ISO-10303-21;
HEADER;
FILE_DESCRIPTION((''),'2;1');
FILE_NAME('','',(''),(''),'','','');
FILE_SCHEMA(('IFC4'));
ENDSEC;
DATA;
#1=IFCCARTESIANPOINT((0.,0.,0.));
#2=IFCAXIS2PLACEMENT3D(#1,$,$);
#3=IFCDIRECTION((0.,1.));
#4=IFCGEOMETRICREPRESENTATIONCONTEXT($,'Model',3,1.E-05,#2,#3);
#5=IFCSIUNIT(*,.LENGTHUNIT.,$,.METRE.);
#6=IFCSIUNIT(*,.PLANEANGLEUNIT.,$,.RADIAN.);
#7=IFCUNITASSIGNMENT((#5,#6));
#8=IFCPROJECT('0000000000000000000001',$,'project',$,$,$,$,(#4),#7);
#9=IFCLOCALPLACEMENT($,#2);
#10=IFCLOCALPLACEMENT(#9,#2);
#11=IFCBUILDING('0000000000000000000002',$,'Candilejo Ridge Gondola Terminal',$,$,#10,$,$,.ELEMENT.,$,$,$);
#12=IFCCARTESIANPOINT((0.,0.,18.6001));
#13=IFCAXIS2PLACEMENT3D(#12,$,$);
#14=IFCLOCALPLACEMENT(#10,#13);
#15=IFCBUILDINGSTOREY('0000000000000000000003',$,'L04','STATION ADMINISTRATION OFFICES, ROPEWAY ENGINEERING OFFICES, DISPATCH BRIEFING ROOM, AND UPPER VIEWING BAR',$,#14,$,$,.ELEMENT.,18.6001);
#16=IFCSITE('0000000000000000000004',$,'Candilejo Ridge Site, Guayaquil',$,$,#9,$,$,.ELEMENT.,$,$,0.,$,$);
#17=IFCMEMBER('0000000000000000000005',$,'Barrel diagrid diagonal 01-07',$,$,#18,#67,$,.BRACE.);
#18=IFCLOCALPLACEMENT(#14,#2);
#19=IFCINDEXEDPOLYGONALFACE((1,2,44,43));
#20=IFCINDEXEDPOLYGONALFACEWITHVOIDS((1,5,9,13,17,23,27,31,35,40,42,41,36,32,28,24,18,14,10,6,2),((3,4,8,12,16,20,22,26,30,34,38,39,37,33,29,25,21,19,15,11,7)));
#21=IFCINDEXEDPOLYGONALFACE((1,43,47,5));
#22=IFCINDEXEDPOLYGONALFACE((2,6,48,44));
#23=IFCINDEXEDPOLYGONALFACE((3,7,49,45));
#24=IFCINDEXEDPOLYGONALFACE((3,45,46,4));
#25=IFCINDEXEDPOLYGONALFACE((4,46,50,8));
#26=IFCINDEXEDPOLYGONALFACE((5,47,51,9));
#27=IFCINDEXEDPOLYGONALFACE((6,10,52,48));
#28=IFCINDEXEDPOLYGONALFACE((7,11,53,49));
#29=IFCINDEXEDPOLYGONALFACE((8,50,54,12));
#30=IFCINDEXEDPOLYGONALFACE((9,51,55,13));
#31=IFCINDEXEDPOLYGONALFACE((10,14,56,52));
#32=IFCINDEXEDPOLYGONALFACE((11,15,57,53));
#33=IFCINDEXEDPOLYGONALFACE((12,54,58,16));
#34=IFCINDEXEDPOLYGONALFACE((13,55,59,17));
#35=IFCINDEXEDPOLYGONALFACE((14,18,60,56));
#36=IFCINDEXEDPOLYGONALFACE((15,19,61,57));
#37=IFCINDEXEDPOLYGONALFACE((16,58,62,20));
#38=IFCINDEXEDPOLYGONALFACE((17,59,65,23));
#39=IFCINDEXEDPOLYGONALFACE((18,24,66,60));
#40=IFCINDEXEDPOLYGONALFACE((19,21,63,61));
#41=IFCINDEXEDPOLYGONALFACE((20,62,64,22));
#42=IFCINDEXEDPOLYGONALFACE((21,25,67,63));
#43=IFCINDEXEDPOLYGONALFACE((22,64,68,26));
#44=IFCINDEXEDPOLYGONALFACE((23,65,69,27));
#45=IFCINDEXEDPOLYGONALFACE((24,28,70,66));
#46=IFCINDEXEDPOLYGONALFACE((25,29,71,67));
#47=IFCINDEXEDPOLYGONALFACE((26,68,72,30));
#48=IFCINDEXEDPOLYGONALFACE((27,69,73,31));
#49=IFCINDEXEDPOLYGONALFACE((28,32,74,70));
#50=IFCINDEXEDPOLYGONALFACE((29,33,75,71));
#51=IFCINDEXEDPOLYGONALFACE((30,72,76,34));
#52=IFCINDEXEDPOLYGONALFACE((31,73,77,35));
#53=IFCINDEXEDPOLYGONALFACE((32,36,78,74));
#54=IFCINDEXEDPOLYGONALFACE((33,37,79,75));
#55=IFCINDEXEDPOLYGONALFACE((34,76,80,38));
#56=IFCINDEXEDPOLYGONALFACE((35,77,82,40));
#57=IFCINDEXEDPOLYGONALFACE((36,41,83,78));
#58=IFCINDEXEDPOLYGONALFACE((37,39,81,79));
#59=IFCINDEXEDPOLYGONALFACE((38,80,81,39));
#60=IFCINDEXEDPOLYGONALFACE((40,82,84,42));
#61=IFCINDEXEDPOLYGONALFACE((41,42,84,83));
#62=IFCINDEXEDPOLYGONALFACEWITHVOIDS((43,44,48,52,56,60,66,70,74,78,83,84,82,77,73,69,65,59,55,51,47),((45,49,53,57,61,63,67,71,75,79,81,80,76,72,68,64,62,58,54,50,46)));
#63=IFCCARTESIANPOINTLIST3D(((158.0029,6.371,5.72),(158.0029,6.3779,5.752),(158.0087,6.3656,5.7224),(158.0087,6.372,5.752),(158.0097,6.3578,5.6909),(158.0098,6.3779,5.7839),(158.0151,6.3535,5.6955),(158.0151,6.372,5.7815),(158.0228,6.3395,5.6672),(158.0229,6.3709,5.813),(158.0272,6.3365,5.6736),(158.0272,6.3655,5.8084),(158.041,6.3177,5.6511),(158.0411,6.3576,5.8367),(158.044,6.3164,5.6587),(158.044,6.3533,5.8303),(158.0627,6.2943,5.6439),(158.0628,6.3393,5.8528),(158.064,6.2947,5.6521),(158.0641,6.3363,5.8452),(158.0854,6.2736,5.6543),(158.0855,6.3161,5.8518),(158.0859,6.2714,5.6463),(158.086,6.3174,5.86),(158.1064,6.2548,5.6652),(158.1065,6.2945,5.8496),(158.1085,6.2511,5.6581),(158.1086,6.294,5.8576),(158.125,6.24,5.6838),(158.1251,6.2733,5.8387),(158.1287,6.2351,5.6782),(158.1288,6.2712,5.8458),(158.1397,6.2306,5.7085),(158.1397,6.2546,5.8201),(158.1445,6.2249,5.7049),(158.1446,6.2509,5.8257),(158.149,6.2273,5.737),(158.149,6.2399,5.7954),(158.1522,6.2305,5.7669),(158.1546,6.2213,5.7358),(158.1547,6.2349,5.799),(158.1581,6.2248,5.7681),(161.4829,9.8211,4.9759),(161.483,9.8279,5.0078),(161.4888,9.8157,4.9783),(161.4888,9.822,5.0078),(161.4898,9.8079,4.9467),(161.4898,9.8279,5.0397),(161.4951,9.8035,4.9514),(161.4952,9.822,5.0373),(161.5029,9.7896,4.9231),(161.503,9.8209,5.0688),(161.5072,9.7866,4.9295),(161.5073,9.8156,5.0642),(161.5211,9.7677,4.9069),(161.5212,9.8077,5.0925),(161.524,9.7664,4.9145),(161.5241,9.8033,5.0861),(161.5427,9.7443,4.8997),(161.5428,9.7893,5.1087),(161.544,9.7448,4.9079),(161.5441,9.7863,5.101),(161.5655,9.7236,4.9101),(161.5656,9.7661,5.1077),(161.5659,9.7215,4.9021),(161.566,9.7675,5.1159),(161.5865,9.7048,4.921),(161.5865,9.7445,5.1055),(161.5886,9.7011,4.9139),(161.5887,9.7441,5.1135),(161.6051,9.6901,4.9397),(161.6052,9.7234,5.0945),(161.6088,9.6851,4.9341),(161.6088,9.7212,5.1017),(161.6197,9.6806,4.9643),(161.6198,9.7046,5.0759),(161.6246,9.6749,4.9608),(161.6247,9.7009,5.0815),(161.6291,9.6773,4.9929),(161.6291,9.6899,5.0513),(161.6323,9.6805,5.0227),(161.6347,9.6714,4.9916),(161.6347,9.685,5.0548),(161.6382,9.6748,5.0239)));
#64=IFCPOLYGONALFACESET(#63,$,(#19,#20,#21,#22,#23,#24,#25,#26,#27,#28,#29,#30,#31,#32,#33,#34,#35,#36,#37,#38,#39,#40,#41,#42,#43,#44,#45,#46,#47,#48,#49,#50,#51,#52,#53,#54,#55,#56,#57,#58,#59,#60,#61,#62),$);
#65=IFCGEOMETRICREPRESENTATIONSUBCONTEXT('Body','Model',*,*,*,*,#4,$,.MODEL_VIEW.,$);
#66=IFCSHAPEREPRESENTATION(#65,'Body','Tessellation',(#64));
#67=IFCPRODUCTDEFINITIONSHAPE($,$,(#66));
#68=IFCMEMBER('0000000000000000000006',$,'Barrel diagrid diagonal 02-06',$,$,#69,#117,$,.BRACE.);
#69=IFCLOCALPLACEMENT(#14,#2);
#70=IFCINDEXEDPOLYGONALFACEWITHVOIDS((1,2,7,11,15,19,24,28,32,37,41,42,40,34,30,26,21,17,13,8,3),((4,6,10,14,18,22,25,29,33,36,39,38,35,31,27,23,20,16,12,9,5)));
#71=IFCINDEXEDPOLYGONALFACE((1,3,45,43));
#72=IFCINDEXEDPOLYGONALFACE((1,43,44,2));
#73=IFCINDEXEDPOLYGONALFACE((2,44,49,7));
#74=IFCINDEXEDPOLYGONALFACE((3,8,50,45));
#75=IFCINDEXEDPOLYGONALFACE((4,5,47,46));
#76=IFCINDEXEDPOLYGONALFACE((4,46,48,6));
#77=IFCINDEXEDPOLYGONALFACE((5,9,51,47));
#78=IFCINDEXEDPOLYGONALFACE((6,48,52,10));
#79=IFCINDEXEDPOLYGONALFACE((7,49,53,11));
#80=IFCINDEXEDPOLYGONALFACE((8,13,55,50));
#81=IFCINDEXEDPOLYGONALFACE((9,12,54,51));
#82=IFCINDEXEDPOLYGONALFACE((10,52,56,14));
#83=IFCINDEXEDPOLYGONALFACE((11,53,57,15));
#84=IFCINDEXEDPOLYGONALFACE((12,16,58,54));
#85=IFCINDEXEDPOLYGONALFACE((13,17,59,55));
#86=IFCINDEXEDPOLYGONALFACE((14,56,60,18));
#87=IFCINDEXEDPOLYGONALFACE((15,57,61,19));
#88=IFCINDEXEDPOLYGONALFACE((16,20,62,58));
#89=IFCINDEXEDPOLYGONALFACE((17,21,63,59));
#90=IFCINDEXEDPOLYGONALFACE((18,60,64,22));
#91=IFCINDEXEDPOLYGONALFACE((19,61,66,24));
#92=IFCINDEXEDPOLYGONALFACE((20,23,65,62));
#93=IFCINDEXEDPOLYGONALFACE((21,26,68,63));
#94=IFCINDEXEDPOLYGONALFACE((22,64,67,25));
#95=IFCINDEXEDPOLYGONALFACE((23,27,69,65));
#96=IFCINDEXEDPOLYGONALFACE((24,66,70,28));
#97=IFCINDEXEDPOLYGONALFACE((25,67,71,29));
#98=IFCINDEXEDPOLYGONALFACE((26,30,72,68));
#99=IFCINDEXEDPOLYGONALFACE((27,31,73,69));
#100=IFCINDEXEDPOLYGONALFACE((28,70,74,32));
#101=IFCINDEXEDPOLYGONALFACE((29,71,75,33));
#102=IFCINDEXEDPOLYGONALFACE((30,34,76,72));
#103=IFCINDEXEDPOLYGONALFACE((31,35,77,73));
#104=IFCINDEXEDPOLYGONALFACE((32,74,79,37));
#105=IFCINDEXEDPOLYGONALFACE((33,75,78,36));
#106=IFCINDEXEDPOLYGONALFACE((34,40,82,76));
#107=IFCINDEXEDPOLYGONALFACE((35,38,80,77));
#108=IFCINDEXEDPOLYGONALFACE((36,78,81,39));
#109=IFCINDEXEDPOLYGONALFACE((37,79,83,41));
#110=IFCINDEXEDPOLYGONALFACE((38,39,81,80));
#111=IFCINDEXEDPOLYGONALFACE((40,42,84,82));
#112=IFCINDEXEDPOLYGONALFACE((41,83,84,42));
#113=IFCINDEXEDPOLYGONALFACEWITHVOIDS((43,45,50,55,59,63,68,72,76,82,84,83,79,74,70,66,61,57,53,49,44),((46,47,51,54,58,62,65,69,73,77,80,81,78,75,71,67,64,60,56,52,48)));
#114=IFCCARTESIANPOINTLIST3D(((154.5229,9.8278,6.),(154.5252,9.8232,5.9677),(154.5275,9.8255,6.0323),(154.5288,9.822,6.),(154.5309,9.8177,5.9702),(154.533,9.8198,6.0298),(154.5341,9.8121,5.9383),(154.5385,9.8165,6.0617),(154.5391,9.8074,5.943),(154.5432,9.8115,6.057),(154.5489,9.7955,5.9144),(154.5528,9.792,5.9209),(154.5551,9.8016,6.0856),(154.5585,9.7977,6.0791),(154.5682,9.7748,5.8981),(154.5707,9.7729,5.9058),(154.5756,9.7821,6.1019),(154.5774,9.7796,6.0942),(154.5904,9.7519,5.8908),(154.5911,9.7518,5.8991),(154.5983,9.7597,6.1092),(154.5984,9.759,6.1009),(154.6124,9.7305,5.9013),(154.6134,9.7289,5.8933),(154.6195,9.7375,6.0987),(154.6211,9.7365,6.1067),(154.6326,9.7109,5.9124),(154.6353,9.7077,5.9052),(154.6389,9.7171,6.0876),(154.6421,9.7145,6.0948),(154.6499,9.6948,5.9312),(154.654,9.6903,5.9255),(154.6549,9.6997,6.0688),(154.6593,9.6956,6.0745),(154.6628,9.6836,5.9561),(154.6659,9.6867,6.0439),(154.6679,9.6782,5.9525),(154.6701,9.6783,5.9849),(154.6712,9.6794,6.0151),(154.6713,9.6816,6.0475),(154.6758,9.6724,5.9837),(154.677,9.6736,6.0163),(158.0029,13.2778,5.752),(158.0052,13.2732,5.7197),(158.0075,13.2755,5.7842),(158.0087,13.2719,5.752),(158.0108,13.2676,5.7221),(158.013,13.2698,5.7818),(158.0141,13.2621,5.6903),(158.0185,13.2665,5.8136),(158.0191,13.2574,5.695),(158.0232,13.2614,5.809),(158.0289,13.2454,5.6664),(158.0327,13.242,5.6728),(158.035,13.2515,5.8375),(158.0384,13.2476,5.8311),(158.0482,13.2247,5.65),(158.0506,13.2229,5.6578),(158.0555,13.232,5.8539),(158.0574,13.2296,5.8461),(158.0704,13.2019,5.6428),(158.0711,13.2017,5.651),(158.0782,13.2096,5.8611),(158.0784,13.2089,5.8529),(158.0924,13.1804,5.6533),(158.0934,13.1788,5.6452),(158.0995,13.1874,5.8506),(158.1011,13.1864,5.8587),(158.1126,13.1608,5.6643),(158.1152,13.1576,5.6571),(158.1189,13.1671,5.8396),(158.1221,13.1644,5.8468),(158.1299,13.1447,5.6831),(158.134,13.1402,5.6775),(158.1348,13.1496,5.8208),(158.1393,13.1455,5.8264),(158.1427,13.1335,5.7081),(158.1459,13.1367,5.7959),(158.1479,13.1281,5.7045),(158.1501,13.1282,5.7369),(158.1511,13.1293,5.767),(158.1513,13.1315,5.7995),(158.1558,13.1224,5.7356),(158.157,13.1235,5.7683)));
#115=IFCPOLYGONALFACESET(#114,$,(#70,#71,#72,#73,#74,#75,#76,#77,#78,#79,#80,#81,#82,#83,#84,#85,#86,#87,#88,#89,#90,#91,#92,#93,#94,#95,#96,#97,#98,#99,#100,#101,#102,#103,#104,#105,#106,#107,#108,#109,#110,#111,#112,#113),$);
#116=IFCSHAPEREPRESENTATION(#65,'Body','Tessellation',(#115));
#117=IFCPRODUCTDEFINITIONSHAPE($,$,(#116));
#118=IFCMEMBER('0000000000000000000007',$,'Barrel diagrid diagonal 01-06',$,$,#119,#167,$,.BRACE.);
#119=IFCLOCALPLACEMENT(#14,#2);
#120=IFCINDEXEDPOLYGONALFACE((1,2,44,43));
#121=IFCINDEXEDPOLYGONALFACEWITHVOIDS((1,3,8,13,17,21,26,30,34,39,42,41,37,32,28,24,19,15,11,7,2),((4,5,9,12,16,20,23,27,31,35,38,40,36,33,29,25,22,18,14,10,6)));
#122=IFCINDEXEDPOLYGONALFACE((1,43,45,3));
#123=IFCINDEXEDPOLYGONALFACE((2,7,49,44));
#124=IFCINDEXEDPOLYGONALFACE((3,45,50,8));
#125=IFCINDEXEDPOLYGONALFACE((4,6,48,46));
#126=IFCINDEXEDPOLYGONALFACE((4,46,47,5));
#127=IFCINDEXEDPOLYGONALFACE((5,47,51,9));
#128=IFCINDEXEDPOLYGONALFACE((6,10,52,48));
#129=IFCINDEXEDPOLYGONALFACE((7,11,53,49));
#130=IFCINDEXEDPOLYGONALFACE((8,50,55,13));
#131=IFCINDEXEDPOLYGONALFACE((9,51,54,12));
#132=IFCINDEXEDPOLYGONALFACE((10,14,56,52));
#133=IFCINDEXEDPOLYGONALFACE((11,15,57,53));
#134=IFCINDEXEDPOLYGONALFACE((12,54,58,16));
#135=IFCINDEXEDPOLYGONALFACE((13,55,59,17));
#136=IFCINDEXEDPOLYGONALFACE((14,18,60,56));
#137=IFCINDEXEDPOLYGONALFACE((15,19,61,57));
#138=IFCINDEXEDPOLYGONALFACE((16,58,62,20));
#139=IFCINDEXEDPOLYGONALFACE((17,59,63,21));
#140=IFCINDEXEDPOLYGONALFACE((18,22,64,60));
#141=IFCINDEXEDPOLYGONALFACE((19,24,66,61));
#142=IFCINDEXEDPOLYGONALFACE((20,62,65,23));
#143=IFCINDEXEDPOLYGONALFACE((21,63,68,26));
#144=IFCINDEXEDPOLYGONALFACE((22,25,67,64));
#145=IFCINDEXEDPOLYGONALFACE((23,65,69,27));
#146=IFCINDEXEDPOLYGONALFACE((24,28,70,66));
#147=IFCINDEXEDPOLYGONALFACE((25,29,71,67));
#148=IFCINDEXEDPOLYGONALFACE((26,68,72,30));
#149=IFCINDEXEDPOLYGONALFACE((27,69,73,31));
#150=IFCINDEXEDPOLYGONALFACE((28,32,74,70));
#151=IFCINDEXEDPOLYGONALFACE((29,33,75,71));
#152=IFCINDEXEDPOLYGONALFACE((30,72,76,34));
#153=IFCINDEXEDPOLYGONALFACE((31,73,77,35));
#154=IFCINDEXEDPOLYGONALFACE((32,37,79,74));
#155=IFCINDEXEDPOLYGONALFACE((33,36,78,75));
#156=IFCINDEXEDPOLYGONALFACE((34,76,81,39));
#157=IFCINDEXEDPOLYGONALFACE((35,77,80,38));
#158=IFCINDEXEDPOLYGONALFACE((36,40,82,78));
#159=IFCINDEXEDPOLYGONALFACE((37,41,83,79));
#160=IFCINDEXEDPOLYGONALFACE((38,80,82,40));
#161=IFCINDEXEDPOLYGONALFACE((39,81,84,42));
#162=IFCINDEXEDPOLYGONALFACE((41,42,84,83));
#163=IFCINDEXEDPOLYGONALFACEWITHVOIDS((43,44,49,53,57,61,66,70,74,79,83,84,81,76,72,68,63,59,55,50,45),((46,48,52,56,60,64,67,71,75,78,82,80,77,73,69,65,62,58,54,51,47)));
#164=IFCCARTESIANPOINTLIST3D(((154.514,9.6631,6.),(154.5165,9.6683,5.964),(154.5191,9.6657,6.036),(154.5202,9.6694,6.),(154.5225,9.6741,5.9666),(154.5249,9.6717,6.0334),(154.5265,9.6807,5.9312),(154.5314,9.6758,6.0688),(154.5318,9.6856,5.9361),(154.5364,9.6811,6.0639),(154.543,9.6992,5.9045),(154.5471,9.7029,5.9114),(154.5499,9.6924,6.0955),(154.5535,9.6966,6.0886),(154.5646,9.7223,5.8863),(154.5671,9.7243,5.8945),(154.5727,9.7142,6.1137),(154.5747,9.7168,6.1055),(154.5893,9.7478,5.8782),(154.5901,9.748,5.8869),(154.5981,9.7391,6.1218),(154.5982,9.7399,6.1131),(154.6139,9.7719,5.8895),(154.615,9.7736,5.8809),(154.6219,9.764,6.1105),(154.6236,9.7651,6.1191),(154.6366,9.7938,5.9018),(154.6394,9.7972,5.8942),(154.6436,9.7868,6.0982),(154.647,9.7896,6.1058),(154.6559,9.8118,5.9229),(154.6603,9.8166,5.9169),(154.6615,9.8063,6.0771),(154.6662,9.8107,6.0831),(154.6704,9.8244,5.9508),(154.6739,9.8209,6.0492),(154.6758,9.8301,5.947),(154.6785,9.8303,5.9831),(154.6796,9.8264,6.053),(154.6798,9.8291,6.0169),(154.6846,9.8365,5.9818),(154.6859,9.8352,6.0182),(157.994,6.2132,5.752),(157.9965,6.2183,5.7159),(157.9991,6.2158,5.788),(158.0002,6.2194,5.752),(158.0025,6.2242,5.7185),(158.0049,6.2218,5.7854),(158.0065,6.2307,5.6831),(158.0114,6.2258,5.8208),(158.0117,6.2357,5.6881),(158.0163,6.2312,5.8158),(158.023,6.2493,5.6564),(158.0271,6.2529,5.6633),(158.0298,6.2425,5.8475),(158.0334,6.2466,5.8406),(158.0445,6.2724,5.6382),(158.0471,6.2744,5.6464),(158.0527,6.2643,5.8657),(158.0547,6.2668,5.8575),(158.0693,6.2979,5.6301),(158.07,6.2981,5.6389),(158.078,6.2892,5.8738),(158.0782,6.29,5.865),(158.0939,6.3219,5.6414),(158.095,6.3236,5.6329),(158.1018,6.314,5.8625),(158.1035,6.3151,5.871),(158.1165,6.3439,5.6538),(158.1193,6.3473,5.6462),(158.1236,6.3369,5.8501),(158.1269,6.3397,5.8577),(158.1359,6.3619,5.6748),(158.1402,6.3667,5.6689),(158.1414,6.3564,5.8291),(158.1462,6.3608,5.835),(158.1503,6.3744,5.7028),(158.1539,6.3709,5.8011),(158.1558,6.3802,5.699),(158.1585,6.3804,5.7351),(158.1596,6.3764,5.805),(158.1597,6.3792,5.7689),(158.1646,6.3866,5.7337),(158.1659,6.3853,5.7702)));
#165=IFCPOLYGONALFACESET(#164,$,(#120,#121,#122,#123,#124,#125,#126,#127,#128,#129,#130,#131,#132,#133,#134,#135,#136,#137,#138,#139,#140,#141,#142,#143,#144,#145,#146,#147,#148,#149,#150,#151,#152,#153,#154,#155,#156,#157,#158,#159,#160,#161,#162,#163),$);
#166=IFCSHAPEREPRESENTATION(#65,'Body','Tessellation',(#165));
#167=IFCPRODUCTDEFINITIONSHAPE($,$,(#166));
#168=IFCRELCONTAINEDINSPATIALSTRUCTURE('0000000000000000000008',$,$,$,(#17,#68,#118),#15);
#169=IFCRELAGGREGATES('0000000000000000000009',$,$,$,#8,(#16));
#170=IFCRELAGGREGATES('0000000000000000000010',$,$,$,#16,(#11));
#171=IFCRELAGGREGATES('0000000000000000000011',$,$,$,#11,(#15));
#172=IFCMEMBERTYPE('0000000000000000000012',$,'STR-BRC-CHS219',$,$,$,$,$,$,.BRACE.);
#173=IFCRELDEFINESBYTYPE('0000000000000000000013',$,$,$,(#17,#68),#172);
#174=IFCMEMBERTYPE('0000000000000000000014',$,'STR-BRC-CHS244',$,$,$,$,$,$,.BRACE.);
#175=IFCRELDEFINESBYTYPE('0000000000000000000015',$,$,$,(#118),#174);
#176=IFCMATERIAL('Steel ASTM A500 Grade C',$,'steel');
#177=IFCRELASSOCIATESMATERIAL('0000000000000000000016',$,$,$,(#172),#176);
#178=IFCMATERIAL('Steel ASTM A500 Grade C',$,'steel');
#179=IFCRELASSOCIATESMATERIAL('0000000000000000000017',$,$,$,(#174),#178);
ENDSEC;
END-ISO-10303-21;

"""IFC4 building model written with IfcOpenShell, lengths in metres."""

from ifc_helpers import new_model, si_unit, direction, frame, origin, origin_2d, place, context, subcontext, project, spatial, hollow_circle, extrude, material, material_profile, profile_set, type_object, element, save


model = new_model("IFC4")

# Units and contexts
model_context = context("Model", 3, precision=1e-05, world=origin(), true_north=direction((0.0, 1.0)))
body_context = subcontext(model_context, "Body", "Model", "MODEL_VIEW")
ifc_project = project(units=[si_unit("LENGTHUNIT", "METRE"), si_unit("PLANEANGLEUNIT", "RADIAN")], contexts=[model_context])

# Site, building, storey
site_placement = place(None, origin())
site = spatial("IfcSite", under=ifc_project, at=site_placement, Name="Candilejo Ridge Site, Guayaquil", CompositionType="ELEMENT", RefElevation=0.0)
building_placement = place(site_placement, origin())
building = spatial("IfcBuilding", under=site, at=building_placement, Name="Candilejo Ridge Gondola Terminal", CompositionType="ELEMENT")
storey_placement = place(building_placement, frame((0.0, 0.0, 18.6001)))
storey = spatial("IfcBuildingStorey", under=building, at=storey_placement, Name="L04", Description="STATION ADMINISTRATION OFFICES, ROPEWAY ENGINEERING OFFICES, DISPATCH BRIEFING ROOM, AND UPPER VIEWING BAR", CompositionType="ELEMENT", Elevation=18.6001)

# Members
ifc_material_1 = material(Name="Steel ASTM A500 Grade C", Category="steel")
ifc_material_profile_1 = material_profile(ifc_material_1, hollow_circle(Radius=0.1096, WallThickness=0.0083, at=origin_2d()))
ifc_profile_set_1 = profile_set([ifc_material_profile_1], Name="Steel ASTM A500 Grade C")
member_type_1 = type_object("IfcMemberType", Name="STR-BRC-CHS219", PredefinedType="BRACE", material=ifc_profile_set_1)
member_1_placement = place(storey_placement, frame((158.0801, 6.3, 5.752), z_axis=(0.702115, 0.696056, -0.150136), x_axis=(-0.704036, 0.710164, 0.0)))
element("IfcMember", 1, at=member_1_placement, inside=storey, type_object=member_type_1, Name="Barrel diagrid diagonal 01-07", PredefinedType="BRACE", context=body_context, shape_type="SweptSolid", body=[
    extrude(hollow_circle(Radius=0.1096, WallThickness=0.0083, at=origin_2d()), origin(), (0.0, 0.0, 1.0), 4.9565),
])
member_2_placement = place(storey_placement, frame((154.6001, 9.75, 6.0), z_axis=(0.709256, 0.703136, -0.050555), x_axis=(-0.704036, 0.710164, 0.0)))
element("IfcMember", 2, at=member_2_placement, inside=storey, type_object=member_type_1, Name="Barrel diagrid diagonal 02-06", PredefinedType="BRACE", context=body_context, shape_type="SweptSolid", body=[
    extrude(hollow_circle(Radius=0.1096, WallThickness=0.0083, at=origin_2d()), origin(), (0.0, 0.0, 1.0), 4.9065),
])
ifc_material_2 = material(Name="Steel ASTM A500 Grade C", Category="steel")
ifc_material_profile_2 = material_profile(ifc_material_2, hollow_circle(Radius=0.1223, WallThickness=0.0088, at=origin_2d()))
ifc_profile_set_2 = profile_set([ifc_material_profile_2], Name="Steel ASTM A500 Grade C")
member_type_2 = type_object("IfcMemberType", Name="STR-BRC-CHS244", PredefinedType="BRACE", material=ifc_profile_set_2)
for number, where, z_axis, x_axis, name in (
    (3, (158.0801, 6.3, 5.752), (-0.709256, 0.703136, 0.050555), (-0.704036, -0.710164, 0.0), "Barrel diagrid diagonal 01-06"),
):
    element("IfcMember", number, at=place(storey_placement, frame(where, z_axis=z_axis, x_axis=x_axis)), inside=storey, type_object=member_type_2, Name=name, PredefinedType="BRACE", context=body_context, shape_type="SweptSolid", body=[
        extrude(hollow_circle(Radius=0.1223, WallThickness=0.0088, at=origin_2d()), origin(), (0.0, 0.0, 1.0), 4.9065),
    ])

save(model, "model.ifc")
